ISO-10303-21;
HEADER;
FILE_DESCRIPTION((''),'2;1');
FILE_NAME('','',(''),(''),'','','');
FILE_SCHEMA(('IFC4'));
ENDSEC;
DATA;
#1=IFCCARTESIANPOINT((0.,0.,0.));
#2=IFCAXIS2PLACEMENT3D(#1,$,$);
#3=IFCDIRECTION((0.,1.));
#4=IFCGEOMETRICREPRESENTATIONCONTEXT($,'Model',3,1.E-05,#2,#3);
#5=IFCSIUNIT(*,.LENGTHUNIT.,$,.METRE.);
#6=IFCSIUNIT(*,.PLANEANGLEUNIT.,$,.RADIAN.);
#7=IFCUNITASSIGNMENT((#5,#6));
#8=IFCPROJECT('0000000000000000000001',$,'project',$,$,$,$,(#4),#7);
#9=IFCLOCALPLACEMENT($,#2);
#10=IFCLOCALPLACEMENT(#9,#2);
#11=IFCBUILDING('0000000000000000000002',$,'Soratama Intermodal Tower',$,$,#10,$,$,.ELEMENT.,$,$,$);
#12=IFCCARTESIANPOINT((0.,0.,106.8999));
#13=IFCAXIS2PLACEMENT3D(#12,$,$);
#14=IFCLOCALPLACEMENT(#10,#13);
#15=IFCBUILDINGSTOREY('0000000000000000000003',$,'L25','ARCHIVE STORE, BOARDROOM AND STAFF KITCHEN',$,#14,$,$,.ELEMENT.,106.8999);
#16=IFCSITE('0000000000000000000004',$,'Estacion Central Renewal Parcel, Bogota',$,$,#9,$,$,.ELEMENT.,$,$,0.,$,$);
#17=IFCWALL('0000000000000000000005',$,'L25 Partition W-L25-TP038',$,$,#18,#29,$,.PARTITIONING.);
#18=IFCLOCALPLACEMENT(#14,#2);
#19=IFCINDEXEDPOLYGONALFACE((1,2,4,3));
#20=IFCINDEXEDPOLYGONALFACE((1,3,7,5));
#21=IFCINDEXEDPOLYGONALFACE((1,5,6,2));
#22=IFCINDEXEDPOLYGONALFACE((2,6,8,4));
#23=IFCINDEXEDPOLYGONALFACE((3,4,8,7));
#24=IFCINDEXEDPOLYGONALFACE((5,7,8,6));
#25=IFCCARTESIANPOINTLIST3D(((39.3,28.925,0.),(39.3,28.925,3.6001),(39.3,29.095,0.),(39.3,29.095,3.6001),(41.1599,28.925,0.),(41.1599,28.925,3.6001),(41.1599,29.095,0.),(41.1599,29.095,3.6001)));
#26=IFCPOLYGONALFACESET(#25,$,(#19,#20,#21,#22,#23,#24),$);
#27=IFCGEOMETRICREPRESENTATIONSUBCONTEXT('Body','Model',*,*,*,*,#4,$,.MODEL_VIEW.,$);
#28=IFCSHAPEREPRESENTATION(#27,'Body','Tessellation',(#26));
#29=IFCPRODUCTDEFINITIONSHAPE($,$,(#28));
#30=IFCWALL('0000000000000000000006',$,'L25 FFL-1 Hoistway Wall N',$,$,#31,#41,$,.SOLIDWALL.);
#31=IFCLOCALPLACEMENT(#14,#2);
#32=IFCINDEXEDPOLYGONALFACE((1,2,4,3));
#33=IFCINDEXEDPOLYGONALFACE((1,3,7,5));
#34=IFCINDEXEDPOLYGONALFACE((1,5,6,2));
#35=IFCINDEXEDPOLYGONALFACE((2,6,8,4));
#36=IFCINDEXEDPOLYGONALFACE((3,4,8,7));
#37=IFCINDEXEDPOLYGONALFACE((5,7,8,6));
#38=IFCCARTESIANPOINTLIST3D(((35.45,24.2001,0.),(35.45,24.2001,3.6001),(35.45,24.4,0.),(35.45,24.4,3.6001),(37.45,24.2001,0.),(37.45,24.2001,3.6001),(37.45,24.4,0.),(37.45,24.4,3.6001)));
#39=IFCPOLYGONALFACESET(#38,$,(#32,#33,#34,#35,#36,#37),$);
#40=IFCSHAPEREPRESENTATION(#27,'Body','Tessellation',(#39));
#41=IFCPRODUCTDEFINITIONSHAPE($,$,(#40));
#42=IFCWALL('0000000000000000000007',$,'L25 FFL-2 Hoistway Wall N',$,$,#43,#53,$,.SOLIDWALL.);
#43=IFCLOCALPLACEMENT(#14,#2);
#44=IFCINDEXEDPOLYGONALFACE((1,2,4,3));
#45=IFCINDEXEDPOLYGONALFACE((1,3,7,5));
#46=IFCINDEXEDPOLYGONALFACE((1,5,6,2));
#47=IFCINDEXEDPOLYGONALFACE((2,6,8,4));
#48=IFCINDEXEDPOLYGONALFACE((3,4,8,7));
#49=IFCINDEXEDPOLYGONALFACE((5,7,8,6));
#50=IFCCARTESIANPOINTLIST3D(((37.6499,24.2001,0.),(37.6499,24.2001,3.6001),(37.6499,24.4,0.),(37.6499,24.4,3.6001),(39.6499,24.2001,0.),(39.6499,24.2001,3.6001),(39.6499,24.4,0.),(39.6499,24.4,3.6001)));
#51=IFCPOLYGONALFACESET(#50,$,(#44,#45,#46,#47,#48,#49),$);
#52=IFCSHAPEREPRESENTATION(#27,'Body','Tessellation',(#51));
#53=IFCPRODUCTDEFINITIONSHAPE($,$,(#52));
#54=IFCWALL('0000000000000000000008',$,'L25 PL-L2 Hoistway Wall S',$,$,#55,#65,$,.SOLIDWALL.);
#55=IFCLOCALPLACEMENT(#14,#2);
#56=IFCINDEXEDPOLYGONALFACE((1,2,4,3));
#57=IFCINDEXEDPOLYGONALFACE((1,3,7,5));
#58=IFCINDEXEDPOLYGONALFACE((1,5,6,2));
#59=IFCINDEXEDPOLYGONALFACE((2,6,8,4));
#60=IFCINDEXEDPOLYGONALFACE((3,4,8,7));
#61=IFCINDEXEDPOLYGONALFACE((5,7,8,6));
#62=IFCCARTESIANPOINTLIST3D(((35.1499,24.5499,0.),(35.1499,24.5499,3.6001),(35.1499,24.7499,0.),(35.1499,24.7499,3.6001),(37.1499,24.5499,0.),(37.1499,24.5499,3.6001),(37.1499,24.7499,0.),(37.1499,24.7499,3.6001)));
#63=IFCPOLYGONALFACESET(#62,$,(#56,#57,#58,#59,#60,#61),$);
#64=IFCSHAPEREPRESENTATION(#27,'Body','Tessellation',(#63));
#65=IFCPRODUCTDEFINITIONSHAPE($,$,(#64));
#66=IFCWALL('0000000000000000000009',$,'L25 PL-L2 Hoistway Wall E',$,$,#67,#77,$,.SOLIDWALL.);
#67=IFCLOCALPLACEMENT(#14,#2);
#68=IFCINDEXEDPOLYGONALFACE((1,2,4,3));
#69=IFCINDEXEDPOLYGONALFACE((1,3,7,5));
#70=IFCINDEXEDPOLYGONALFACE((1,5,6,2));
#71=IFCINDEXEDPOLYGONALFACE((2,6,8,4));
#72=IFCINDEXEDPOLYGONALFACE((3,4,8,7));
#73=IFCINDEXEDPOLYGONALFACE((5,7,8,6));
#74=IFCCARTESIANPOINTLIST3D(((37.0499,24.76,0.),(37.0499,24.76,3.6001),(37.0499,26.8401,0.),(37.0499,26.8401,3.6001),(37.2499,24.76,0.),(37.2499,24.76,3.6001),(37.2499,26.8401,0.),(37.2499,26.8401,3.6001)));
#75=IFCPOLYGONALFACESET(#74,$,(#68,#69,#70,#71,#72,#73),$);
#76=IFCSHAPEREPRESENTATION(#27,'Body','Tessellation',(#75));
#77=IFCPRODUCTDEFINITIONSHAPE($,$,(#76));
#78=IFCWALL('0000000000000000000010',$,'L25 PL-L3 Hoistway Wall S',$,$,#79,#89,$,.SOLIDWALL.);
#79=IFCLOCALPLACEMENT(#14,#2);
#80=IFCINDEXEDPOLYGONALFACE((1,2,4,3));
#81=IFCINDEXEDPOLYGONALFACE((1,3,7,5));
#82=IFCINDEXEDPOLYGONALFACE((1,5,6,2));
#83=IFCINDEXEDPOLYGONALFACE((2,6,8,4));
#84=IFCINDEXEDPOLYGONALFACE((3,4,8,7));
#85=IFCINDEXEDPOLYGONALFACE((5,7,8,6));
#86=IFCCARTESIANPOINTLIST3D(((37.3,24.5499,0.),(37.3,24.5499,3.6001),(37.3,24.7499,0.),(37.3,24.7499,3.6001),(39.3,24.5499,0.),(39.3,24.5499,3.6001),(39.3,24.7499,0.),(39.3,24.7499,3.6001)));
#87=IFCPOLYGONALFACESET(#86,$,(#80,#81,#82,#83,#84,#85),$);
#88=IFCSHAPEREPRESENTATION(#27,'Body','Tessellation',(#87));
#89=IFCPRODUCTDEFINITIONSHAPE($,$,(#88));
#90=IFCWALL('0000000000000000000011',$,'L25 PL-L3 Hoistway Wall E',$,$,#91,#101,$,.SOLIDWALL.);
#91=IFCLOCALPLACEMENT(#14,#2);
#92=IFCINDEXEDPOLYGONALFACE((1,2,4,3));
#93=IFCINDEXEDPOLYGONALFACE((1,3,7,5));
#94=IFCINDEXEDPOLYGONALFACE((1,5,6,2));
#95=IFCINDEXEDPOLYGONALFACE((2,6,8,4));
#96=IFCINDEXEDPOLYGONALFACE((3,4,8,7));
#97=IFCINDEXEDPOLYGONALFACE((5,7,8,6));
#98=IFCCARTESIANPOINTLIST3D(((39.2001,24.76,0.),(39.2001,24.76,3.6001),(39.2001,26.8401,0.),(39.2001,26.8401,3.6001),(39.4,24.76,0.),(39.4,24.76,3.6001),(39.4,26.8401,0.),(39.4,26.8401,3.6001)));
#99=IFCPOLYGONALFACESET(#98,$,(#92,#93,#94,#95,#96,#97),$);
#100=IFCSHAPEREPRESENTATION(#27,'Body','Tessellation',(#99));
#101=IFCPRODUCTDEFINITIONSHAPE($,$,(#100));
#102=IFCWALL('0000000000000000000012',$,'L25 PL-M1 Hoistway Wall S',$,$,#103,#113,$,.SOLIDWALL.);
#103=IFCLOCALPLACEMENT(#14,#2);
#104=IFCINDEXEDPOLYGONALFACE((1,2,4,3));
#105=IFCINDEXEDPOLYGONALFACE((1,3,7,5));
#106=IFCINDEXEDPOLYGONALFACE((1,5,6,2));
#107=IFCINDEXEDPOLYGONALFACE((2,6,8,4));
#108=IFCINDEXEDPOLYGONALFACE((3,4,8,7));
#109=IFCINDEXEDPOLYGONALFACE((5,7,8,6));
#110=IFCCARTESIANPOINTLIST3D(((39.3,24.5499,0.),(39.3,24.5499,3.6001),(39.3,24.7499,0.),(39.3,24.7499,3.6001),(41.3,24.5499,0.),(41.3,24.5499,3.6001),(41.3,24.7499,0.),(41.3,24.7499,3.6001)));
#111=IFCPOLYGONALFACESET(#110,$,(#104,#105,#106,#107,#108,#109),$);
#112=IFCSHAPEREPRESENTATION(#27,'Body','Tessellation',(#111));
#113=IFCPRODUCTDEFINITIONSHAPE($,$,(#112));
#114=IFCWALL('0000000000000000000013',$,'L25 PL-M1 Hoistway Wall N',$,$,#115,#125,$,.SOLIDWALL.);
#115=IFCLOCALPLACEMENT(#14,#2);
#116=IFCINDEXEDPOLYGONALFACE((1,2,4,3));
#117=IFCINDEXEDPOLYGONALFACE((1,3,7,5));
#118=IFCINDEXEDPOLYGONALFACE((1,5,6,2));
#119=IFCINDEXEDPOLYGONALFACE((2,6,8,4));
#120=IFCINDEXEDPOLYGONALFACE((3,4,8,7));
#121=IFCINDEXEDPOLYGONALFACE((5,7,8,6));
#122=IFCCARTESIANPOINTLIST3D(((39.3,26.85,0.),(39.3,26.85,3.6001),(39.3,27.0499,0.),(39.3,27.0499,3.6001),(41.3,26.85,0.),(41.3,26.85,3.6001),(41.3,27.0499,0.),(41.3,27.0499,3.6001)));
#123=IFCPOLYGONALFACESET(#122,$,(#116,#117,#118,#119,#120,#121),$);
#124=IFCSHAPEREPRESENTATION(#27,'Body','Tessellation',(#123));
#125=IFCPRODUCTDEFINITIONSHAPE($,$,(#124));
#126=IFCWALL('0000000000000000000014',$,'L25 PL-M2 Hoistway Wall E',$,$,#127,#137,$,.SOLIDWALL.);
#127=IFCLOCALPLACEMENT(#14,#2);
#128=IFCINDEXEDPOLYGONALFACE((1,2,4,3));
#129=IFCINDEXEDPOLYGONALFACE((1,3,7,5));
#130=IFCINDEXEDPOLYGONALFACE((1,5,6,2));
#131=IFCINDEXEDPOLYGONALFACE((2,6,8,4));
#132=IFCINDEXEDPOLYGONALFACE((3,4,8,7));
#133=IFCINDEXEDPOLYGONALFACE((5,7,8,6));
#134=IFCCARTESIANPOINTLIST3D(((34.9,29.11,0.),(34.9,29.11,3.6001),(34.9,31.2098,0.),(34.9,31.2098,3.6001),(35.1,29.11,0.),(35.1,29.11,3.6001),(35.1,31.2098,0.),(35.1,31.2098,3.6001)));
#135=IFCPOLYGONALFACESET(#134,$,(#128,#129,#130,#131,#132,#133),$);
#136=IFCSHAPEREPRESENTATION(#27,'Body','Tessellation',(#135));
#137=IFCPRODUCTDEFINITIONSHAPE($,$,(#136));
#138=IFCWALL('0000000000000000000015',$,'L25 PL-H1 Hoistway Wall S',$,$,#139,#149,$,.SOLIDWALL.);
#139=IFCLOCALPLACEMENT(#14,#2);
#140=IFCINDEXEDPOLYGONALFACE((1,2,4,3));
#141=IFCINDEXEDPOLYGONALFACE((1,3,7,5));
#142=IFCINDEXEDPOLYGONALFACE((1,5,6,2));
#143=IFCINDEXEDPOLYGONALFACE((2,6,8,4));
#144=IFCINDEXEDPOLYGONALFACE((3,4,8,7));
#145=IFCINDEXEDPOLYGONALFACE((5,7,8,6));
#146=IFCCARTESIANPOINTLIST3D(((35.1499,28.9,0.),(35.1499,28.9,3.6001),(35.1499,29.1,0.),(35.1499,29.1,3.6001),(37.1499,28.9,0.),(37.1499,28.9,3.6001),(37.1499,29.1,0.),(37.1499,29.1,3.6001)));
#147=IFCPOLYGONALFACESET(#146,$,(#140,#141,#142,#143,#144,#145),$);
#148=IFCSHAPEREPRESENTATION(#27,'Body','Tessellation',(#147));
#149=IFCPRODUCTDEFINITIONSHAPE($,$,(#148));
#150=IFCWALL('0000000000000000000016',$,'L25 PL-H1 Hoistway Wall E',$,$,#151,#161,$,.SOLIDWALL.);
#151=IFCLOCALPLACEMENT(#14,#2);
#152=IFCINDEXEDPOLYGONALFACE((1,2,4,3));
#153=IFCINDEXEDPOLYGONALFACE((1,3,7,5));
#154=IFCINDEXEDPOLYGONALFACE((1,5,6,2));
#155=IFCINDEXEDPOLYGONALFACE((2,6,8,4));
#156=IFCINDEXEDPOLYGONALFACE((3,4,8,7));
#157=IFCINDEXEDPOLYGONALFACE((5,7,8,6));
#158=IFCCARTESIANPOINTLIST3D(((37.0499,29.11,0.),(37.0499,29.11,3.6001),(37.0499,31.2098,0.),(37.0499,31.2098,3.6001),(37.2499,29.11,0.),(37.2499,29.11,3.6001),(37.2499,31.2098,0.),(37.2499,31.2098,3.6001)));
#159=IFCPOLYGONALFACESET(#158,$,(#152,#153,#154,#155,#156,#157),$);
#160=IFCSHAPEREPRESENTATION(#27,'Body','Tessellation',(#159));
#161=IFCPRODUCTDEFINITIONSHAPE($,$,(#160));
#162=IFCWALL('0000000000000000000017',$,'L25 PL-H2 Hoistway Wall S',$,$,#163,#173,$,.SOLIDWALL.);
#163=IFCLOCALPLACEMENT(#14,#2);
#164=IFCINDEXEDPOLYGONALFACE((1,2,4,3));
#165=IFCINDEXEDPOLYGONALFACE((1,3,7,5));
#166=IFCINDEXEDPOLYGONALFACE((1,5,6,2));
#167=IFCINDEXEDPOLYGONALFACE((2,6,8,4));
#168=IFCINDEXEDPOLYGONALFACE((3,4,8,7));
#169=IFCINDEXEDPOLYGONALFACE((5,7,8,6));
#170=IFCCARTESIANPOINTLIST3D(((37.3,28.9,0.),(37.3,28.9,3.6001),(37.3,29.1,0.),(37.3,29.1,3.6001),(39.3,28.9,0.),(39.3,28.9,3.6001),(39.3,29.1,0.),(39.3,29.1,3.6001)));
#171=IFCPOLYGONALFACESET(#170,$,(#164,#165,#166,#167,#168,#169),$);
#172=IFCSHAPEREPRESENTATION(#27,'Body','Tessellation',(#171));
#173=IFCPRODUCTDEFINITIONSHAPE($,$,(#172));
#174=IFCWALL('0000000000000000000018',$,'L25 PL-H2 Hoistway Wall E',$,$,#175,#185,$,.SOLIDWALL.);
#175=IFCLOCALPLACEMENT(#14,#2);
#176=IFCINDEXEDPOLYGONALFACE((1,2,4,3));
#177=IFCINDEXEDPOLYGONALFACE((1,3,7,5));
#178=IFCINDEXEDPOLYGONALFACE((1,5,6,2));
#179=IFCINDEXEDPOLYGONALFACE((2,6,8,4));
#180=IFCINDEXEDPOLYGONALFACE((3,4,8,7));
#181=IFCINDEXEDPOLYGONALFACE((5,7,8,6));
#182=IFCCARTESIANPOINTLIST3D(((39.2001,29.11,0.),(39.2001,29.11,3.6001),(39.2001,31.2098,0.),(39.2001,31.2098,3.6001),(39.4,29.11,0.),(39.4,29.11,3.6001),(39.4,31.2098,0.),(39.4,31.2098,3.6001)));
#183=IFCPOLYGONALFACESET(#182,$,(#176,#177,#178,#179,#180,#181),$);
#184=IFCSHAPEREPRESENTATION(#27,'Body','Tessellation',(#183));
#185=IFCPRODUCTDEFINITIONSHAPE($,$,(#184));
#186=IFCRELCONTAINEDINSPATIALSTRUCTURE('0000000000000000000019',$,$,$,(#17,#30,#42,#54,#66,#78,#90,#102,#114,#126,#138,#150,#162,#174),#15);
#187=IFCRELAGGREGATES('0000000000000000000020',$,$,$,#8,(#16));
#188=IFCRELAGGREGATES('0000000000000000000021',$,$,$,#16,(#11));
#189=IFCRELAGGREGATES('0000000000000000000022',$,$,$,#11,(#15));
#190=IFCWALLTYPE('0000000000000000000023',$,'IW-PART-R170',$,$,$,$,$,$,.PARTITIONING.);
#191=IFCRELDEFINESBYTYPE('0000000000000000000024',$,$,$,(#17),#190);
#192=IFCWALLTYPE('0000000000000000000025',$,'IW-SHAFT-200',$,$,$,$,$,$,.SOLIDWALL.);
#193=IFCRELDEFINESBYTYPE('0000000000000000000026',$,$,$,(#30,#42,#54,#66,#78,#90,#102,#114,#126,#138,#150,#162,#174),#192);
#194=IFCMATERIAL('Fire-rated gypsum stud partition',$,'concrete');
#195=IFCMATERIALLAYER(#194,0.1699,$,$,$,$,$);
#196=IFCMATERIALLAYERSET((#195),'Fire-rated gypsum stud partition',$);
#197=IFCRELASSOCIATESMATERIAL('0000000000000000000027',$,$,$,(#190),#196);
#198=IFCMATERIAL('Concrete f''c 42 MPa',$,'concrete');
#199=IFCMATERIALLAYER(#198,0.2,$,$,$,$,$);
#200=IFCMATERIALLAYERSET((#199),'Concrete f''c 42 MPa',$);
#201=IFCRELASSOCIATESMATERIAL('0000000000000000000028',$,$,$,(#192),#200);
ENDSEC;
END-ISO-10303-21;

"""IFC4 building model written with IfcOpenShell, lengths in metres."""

from ifc_helpers import new_model, si_unit, direction, frame, frame_2d, origin, place, context, subcontext, project, spatial, rectangle, extrude, material, layer, layer_set, type_object, element, save


model = new_model("IFC4")

# Units and contexts
model_context = context("Model", 3, precision=1e-05, world=origin(), true_north=direction((0.0, 1.0)))
body_context = subcontext(model_context, "Body", "Model", "MODEL_VIEW")
ifc_project = project(units=[si_unit("LENGTHUNIT", "METRE"), si_unit("PLANEANGLEUNIT", "RADIAN")], contexts=[model_context])

# Site, building, storey
site_placement = place(None, origin())
site = spatial("IfcSite", under=ifc_project, at=site_placement, Name="Estacion Central Renewal Parcel, Bogota", CompositionType="ELEMENT", RefElevation=0.0)
building_placement = place(site_placement, origin())
building = spatial("IfcBuilding", under=site, at=building_placement, Name="Soratama Intermodal Tower", CompositionType="ELEMENT")
storey_placement = place(building_placement, frame((0.0, 0.0, 106.8999)))
storey = spatial("IfcBuildingStorey", under=building, at=storey_placement, Name="L25", Description="ARCHIVE STORE, BOARDROOM AND STAFF KITCHEN", CompositionType="ELEMENT", Elevation=106.8999)

# Walls
ifc_material_1 = material(Name="Fire-rated gypsum stud partition", Category="concrete")
ifc_layer_1 = layer(ifc_material_1, 0.1699)
ifc_layer_set_1 = layer_set([ifc_layer_1], Name="Fire-rated gypsum stud partition")
wall_type_1 = type_object("IfcWallType", Name="IW-PART-R170", PredefinedType="PARTITIONING", material=ifc_layer_set_1)
wall_1_placement = place(storey_placement, frame((39.3, 29.01, 0.0), z_axis=(0.0, 0.0, 1.0), x_axis=(1.0, 0.0, 0.0)))
element("IfcWall", 1, at=wall_1_placement, inside=storey, type_object=wall_type_1, Name="L25 Partition W-L25-TP038", PredefinedType="PARTITIONING", context=body_context, shape_type="SweptSolid", body=[
    extrude(rectangle(XDim=1.8599, YDim=0.1699, at=frame_2d((0.9299, 0.0))), origin(), (0.0, 0.0, 1.0), 3.6001),
])
ifc_material_2 = material(Name="Concrete f'c 42 MPa", Category="concrete")
ifc_layer_2 = layer(ifc_material_2, 0.2)
ifc_layer_set_2 = layer_set([ifc_layer_2], Name="Concrete f'c 42 MPa")
wall_type_2 = type_object("IfcWallType", Name="IW-SHAFT-200", PredefinedType="SOLIDWALL", material=ifc_layer_set_2)
for number, where, z_axis, x_axis, name in (
    (2, (35.45, 24.3, 0.0), (0.0, 0.0, 1.0), (1.0, 0.0, 0.0), "L25 FFL-1 Hoistway Wall N"),
    (3, (37.6499, 24.3, 0.0), (0.0, 0.0, 1.0), (1.0, 0.0, 0.0), "L25 FFL-2 Hoistway Wall N"),
    (4, (35.1499, 24.6499, 0.0), (0.0, 0.0, 1.0), (1.0, 0.0, 0.0), "L25 PL-L2 Hoistway Wall S"),
):
    element("IfcWall", number, at=place(storey_placement, frame(where, z_axis=z_axis, x_axis=x_axis)), inside=storey, type_object=wall_type_2, Name=name, PredefinedType="SOLIDWALL", context=body_context, shape_type="SweptSolid", body=[
        extrude(rectangle(XDim=2.0, YDim=0.2, at=frame_2d((1.0, 0.0))), origin(), (0.0, 0.0, 1.0), 3.6001),
    ])

# Walls
wall_2_placement = place(storey_placement, frame((37.1499, 24.76, 0.0), z_axis=(0.0, 0.0, 1.0), x_axis=(0.0, 1.0, 0.0)))
element("IfcWall", 5, at=wall_2_placement, inside=storey, type_object=wall_type_2, Name="L25 PL-L2 Hoistway Wall E", PredefinedType="SOLIDWALL", context=body_context, shape_type="SweptSolid", body=[
    extrude(rectangle(XDim=2.0801, YDim=0.2, at=frame_2d((1.04, 0.0))), origin(), (0.0, 0.0, 1.0), 3.6001),
])
wall_3_placement = place(storey_placement, frame((37.3, 24.6499, 0.0), z_axis=(0.0, 0.0, 1.0), x_axis=(1.0, 0.0, 0.0)))
element("IfcWall", 6, at=wall_3_placement, inside=storey, type_object=wall_type_2, Name="L25 PL-L3 Hoistway Wall S", PredefinedType="SOLIDWALL", context=body_context, shape_type="SweptSolid", body=[
    extrude(rectangle(XDim=2.0, YDim=0.2, at=frame_2d((1.0, 0.0))), origin(), (0.0, 0.0, 1.0), 3.6001),
])

# Walls
wall_4_placement = place(storey_placement, frame((39.3, 24.76, 0.0), z_axis=(0.0, 0.0, 1.0), x_axis=(0.0, 1.0, 0.0)))
element("IfcWall", 7, at=wall_4_placement, inside=storey, type_object=wall_type_2, Name="L25 PL-L3 Hoistway Wall E", PredefinedType="SOLIDWALL", context=body_context, shape_type="SweptSolid", body=[
    extrude(rectangle(XDim=2.0801, YDim=0.2, at=frame_2d((1.04, 0.0))), origin(), (0.0, 0.0, 1.0), 3.6001),
])
for number, where, z_axis, x_axis, name in (
    (8, (39.3, 24.6499, 0.0), (0.0, 0.0, 1.0), (1.0, 0.0, 0.0), "L25 PL-M1 Hoistway Wall S"),
    (9, (39.3, 26.95, 0.0), (0.0, 0.0, 1.0), (1.0, 0.0, 0.0), "L25 PL-M1 Hoistway Wall N"),
):
    element("IfcWall", number, at=place(storey_placement, frame(where, z_axis=z_axis, x_axis=x_axis)), inside=storey, type_object=wall_type_2, Name=name, PredefinedType="SOLIDWALL", context=body_context, shape_type="SweptSolid", body=[
        extrude(rectangle(XDim=2.0, YDim=0.2, at=frame_2d((1.0, 0.0))), origin(), (0.0, 0.0, 1.0), 3.6001),
    ])
wall_5_placement = place(storey_placement, frame((35.0, 29.1101, 0.0), z_axis=(0.0, 0.0, 1.0), x_axis=(0.0, 1.0, 0.0)))
element("IfcWall", 10, at=wall_5_placement, inside=storey, type_object=wall_type_2, Name="L25 PL-M2 Hoistway Wall E", PredefinedType="SOLIDWALL", context=body_context, shape_type="SweptSolid", body=[
    extrude(rectangle(XDim=2.0999, YDim=0.2, at=frame_2d((1.0498, 0.0))), origin(), (0.0, 0.0, 1.0), 3.6001),
])
wall_6_placement = place(storey_placement, frame((35.1499, 29.0, 0.0), z_axis=(0.0, 0.0, 1.0), x_axis=(1.0, 0.0, 0.0)))
element("IfcWall", 11, at=wall_6_placement, inside=storey, type_object=wall_type_2, Name="L25 PL-H1 Hoistway Wall S", PredefinedType="SOLIDWALL", context=body_context, shape_type="SweptSolid", body=[
    extrude(rectangle(XDim=2.0, YDim=0.2, at=frame_2d((1.0, 0.0))), origin(), (0.0, 0.0, 1.0), 3.6001),
])
wall_7_placement = place(storey_placement, frame((37.1499, 29.1101, 0.0), z_axis=(0.0, 0.0, 1.0), x_axis=(0.0, 1.0, 0.0)))
element("IfcWall", 12, at=wall_7_placement, inside=storey, type_object=wall_type_2, Name="L25 PL-H1 Hoistway Wall E", PredefinedType="SOLIDWALL", context=body_context, shape_type="SweptSolid", body=[
    extrude(rectangle(XDim=2.0999, YDim=0.2, at=frame_2d((1.0498, 0.0))), origin(), (0.0, 0.0, 1.0), 3.6001),
])
wall_8_placement = place(storey_placement, frame((37.3, 29.0, 0.0), z_axis=(0.0, 0.0, 1.0), x_axis=(1.0, 0.0, 0.0)))
element("IfcWall", 13, at=wall_8_placement, inside=storey, type_object=wall_type_2, Name="L25 PL-H2 Hoistway Wall S", PredefinedType="SOLIDWALL", context=body_context, shape_type="SweptSolid", body=[
    extrude(rectangle(XDim=2.0, YDim=0.2, at=frame_2d((1.0, 0.0))), origin(), (0.0, 0.0, 1.0), 3.6001),
])
wall_9_placement = place(storey_placement, frame((39.3, 29.1101, 0.0), z_axis=(0.0, 0.0, 1.0), x_axis=(0.0, 1.0, 0.0)))
element("IfcWall", 14, at=wall_9_placement, inside=storey, type_object=wall_type_2, Name="L25 PL-H2 Hoistway Wall E", PredefinedType="SOLIDWALL", context=body_context, shape_type="SweptSolid", body=[
    extrude(rectangle(XDim=2.0999, YDim=0.2, at=frame_2d((1.0498, 0.0))), origin(), (0.0, 0.0, 1.0), 3.6001),
])

save(model, "model.ifc")
